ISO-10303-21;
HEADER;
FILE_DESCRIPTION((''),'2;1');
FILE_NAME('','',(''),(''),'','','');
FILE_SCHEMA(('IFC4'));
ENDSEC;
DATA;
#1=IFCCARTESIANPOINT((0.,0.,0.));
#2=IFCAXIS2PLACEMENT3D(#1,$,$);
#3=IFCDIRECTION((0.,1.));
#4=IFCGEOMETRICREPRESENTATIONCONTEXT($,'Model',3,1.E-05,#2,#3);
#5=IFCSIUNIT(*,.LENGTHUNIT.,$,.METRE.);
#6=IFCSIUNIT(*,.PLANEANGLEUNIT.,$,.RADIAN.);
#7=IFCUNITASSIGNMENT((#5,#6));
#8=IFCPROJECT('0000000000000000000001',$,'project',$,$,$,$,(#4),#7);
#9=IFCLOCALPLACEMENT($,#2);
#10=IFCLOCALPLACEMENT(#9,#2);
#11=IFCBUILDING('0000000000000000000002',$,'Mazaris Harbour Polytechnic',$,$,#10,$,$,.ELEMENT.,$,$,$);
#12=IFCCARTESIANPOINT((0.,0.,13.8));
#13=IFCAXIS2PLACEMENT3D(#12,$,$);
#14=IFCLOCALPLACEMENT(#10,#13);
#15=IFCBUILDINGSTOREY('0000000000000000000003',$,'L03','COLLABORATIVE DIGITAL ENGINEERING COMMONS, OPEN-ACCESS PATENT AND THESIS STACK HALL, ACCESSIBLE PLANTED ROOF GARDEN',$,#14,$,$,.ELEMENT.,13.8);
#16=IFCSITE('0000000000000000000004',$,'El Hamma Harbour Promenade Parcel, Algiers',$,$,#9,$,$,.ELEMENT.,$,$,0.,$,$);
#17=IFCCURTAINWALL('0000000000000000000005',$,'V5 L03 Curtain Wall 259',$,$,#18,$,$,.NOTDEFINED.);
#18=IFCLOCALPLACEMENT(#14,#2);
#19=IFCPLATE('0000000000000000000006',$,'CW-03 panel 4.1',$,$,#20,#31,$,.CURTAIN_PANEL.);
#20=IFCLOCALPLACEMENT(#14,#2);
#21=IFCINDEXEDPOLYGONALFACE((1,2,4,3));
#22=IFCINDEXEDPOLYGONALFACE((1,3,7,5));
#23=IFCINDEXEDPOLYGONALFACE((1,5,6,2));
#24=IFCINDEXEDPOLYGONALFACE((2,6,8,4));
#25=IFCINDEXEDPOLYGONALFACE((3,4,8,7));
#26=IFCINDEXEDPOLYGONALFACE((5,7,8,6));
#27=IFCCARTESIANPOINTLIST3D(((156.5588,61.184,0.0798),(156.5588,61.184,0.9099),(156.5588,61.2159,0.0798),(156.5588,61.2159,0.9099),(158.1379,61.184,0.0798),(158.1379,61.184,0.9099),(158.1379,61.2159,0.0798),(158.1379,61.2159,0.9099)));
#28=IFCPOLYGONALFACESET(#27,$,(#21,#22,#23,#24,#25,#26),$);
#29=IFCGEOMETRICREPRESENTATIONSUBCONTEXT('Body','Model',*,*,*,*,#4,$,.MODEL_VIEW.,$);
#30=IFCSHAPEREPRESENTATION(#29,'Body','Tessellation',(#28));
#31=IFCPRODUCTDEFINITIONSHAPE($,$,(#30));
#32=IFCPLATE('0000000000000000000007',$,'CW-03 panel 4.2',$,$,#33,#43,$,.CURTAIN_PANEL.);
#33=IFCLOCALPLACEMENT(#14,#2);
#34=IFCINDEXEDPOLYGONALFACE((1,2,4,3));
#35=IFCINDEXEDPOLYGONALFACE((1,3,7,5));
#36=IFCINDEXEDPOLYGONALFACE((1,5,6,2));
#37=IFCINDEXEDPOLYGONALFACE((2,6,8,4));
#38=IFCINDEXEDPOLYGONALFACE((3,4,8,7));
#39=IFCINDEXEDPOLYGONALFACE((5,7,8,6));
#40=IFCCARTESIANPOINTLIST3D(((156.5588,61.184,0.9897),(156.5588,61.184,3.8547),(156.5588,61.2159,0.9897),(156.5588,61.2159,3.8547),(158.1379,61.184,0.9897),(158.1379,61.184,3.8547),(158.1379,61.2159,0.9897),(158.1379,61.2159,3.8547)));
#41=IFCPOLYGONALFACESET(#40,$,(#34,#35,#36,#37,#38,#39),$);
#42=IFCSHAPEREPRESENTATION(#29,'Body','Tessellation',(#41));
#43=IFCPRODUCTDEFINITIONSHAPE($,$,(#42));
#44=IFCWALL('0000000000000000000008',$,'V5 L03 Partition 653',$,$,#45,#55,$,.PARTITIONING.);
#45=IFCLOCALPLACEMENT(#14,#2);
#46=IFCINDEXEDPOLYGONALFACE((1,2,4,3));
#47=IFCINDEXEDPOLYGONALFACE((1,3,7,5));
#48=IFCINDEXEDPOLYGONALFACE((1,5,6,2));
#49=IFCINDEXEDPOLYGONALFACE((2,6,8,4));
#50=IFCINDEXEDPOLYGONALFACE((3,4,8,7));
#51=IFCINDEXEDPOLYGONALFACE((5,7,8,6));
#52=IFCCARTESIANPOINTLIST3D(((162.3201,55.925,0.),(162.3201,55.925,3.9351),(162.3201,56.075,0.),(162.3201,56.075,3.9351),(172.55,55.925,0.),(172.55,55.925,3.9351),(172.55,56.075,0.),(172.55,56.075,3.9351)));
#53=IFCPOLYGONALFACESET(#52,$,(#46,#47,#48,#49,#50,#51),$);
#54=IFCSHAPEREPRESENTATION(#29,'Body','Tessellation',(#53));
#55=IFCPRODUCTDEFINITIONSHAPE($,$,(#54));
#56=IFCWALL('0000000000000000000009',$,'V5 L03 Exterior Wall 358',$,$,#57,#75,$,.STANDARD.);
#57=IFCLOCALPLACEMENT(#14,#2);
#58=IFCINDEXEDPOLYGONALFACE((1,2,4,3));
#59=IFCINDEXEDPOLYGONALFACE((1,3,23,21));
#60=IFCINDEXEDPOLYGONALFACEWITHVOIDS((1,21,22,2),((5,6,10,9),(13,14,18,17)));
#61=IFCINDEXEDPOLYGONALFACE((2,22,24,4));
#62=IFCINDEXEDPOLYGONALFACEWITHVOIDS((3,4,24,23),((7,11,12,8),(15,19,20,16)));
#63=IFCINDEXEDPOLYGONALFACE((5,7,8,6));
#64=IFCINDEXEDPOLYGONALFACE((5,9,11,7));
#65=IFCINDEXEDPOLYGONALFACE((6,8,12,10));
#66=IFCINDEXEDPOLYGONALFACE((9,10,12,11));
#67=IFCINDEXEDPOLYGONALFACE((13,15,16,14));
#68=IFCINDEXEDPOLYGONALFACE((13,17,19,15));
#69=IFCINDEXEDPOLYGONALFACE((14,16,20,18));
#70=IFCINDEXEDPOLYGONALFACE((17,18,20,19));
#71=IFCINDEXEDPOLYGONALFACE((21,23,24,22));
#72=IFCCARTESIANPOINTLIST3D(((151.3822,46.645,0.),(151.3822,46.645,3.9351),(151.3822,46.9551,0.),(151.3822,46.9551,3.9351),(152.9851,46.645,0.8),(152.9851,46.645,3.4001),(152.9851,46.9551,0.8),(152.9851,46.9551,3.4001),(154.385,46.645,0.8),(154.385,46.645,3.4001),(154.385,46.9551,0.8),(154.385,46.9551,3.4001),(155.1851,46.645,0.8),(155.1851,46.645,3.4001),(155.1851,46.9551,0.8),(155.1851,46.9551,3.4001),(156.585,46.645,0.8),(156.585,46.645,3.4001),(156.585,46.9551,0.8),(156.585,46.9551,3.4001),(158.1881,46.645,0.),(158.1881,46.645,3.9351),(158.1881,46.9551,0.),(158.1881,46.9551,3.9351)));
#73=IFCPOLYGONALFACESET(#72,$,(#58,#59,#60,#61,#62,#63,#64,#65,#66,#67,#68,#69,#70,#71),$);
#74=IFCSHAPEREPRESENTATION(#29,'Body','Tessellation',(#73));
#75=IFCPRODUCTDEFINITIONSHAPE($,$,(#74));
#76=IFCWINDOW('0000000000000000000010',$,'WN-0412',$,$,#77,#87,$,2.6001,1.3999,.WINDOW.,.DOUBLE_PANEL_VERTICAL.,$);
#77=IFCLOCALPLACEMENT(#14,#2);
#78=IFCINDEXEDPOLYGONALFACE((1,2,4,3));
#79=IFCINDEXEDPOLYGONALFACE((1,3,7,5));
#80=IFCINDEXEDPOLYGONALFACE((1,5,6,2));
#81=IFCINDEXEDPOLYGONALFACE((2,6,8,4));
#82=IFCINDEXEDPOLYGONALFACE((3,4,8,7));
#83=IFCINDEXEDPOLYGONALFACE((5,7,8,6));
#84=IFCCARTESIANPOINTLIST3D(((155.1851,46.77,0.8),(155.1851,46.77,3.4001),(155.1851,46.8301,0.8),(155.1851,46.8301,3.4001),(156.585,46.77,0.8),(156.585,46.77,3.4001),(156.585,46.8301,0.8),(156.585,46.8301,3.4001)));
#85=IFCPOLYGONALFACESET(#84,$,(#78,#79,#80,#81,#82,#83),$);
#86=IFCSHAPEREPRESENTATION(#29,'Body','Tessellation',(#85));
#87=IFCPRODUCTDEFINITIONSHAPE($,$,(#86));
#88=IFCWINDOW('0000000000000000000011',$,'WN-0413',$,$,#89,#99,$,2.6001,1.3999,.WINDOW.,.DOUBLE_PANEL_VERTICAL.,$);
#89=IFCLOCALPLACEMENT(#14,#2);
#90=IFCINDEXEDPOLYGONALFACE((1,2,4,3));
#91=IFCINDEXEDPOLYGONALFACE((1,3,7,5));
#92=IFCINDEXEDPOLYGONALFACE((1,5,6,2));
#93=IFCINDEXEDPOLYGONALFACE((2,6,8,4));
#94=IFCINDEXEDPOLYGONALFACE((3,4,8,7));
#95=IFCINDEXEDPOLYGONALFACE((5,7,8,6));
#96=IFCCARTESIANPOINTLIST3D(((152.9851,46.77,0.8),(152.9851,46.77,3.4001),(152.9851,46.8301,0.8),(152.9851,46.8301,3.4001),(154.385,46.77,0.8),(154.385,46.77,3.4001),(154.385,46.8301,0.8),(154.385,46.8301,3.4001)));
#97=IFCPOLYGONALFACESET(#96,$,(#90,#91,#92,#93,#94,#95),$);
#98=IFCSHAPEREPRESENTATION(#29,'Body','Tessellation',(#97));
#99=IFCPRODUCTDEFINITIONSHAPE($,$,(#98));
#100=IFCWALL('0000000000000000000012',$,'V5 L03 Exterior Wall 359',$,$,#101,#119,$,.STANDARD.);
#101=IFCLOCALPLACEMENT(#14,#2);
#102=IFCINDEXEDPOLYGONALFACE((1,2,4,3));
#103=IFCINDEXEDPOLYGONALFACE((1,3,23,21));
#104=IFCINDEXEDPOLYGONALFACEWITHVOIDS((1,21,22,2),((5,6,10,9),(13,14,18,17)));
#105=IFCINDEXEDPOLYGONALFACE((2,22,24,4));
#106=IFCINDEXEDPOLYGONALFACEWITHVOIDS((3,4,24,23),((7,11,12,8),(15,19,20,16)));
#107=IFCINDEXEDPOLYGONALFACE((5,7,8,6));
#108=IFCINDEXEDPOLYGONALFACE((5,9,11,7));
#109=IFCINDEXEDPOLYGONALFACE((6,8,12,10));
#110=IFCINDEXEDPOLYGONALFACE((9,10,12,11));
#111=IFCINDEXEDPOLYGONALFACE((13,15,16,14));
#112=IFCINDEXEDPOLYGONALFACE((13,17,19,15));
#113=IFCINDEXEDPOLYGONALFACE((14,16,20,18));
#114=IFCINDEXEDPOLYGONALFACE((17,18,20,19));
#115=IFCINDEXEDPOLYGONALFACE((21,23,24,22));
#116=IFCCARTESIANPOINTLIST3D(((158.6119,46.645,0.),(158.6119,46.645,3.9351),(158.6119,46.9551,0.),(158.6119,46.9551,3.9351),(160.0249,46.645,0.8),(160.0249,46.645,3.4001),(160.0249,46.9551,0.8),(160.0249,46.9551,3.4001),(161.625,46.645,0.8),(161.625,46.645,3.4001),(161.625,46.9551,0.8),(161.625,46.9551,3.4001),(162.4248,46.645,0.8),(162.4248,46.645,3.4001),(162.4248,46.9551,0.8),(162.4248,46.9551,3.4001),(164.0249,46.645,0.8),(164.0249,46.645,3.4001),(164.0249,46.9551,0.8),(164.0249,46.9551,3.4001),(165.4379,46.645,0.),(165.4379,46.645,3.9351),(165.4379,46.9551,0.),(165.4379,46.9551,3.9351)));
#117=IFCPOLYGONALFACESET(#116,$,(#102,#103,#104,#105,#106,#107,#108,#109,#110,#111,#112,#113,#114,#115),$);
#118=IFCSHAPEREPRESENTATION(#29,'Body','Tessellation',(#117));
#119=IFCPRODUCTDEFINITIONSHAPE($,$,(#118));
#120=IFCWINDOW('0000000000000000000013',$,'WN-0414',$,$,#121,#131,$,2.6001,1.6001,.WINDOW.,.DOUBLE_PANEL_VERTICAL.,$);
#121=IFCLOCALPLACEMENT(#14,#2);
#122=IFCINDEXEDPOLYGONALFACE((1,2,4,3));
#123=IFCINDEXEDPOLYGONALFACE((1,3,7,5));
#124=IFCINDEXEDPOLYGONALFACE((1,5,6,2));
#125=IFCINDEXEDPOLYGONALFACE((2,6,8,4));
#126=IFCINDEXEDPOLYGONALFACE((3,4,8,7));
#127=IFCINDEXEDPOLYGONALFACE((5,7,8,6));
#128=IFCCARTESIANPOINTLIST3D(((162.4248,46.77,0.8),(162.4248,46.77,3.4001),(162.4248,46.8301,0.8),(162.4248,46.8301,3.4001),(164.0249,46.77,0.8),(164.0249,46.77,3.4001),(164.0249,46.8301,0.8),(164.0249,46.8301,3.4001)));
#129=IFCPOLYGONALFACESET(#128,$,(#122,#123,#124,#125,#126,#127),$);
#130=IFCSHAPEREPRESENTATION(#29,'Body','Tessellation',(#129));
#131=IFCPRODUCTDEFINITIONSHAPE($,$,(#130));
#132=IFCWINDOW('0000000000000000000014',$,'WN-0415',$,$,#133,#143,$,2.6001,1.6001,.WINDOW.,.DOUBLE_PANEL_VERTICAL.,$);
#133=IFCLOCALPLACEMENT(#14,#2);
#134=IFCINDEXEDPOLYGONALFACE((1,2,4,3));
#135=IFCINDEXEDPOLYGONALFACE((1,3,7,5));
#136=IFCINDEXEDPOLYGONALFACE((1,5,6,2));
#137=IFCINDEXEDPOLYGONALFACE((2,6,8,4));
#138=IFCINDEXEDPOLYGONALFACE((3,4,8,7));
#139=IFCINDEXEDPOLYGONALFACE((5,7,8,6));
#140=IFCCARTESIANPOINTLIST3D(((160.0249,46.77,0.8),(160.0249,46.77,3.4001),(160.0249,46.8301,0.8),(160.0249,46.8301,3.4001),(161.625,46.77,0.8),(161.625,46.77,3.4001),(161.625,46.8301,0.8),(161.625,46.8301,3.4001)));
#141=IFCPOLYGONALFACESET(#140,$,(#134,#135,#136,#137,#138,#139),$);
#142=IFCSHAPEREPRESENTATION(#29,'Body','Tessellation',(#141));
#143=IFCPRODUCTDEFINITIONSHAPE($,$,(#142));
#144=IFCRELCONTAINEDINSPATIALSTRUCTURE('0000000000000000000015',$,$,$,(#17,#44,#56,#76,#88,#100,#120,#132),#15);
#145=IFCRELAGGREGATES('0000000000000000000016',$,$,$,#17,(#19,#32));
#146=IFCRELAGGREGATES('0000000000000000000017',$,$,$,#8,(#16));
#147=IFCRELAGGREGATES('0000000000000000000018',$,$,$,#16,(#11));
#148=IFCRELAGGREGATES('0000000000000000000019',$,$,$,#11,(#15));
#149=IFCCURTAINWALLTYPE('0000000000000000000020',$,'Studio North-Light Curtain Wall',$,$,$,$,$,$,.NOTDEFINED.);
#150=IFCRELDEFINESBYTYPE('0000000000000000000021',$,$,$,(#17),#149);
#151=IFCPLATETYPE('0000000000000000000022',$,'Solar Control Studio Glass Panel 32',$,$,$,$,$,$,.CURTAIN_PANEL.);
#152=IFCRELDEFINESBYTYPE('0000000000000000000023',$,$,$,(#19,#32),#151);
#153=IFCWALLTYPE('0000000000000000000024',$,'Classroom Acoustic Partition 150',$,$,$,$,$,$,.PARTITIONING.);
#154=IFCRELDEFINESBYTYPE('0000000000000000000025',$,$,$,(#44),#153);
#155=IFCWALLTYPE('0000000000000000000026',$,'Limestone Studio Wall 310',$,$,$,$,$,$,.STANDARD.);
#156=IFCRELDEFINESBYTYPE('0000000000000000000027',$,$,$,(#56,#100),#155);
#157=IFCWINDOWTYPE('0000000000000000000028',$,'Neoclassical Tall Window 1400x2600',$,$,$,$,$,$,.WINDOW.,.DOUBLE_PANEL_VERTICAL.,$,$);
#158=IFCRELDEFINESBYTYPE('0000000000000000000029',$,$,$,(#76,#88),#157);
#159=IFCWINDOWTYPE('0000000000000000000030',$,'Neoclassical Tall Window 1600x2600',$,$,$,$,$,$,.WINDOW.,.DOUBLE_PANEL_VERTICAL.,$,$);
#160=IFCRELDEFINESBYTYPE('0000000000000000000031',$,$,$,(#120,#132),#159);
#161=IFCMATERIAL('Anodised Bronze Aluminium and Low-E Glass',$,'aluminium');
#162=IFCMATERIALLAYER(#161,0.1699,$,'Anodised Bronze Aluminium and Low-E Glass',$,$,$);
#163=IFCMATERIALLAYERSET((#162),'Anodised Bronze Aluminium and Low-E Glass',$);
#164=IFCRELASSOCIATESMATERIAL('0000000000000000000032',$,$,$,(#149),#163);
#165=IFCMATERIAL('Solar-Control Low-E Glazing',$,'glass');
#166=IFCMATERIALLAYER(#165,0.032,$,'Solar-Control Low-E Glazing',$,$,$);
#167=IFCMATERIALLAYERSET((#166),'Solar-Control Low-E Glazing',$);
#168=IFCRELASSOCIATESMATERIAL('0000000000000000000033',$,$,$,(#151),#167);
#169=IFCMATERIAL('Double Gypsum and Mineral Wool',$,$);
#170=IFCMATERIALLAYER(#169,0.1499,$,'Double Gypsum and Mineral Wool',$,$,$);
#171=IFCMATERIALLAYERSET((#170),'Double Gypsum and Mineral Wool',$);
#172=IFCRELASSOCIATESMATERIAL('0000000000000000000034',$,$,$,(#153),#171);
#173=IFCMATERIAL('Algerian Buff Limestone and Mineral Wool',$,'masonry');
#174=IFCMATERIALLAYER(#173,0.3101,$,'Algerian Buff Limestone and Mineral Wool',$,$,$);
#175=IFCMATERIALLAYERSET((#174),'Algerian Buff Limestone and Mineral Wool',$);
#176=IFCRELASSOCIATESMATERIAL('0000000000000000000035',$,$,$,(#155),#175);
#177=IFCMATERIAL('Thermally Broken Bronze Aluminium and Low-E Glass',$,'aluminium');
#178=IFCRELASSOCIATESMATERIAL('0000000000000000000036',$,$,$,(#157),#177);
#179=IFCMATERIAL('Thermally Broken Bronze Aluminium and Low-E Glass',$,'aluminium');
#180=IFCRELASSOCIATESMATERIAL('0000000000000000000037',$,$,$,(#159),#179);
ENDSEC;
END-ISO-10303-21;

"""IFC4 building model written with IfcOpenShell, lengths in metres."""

from ifc_helpers import new_model, si_unit, direction, frame, frame_2d, origin, origin_2d, place, context, subcontext, project, spatial, rectangle, extrude, material, layer, layer_set, type_object, element, fill, aggregate, save


model = new_model("IFC4")

# Units and contexts
model_context = context("Model", 3, precision=1e-05, world=origin(), true_north=direction((0.0, 1.0)))
body_context = subcontext(model_context, "Body", "Model", "MODEL_VIEW")
ifc_project = project(units=[si_unit("LENGTHUNIT", "METRE"), si_unit("PLANEANGLEUNIT", "RADIAN")], contexts=[model_context])

# Site, building, storey
site_placement = place(None, origin())
site = spatial("IfcSite", under=ifc_project, at=site_placement, Name="El Hamma Harbour Promenade Parcel, Algiers", CompositionType="ELEMENT", RefElevation=0.0)
building_placement = place(site_placement, origin())
building = spatial("IfcBuilding", under=site, at=building_placement, Name="Mazaris Harbour Polytechnic", CompositionType="ELEMENT")
storey_placement = place(building_placement, frame((0.0, 0.0, 13.8)))
storey = spatial("IfcBuildingStorey", under=building, at=storey_placement, Name="L03", Description="COLLABORATIVE DIGITAL ENGINEERING COMMONS, OPEN-ACCESS PATENT AND THESIS STACK HALL, ACCESSIBLE PLANTED ROOF GARDEN", CompositionType="ELEMENT", Elevation=13.8)

# Curtain wall
ifc_material_1 = material(Name="Anodised Bronze Aluminium and Low-E Glass", Category="aluminium")
ifc_layer_1 = layer(ifc_material_1, 0.1699, Name="Anodised Bronze Aluminium and Low-E Glass")
ifc_layer_set_1 = layer_set([ifc_layer_1], Name="Anodised Bronze Aluminium and Low-E Glass")
curtain_wall_type = type_object("IfcCurtainWallType", Name="Studio North-Light Curtain Wall", PredefinedType="NOTDEFINED", material=ifc_layer_set_1)
curtain_wall_1_placement = place(storey_placement, origin())
curtain_wall_1 = element("IfcCurtainWall", 1, at=curtain_wall_1_placement, inside=storey, type_object=curtain_wall_type, Name="V5 L03 Curtain Wall 259", PredefinedType="NOTDEFINED")

# Plates
ifc_material_2 = material(Name="Solar-Control Low-E Glazing", Category="glass")
ifc_layer_2 = layer(ifc_material_2, 0.032, Name="Solar-Control Low-E Glazing")
ifc_layer_set_2 = layer_set([ifc_layer_2], Name="Solar-Control Low-E Glazing")
plate_type = type_object("IfcPlateType", Name="Solar Control Studio Glass Panel 32", PredefinedType="CURTAIN_PANEL", material=ifc_layer_set_2)
plate_1_placement = place(storey_placement, frame((157.3484, 61.2, 0.0798), z_axis=(0.0, 0.0, 1.0), x_axis=(1.0, 0.0, 0.0)))
plate_1 = element("IfcPlate", 2, at=plate_1_placement, type_object=plate_type, Name="CW-03 panel 4.1", PredefinedType="CURTAIN_PANEL", context=body_context, shape_type="SweptSolid", body=[
    extrude(rectangle(XDim=1.5791, YDim=0.032, at=origin_2d()), origin(), (0.0, 0.0, 1.0), 0.8301),
])
plate_2_placement = place(storey_placement, frame((157.3484, 61.2, 0.9897), z_axis=(0.0, 0.0, 1.0), x_axis=(1.0, 0.0, 0.0)))
plate_2 = element("IfcPlate", 3, at=plate_2_placement, type_object=plate_type, Name="CW-03 panel 4.2", PredefinedType="CURTAIN_PANEL", context=body_context, shape_type="SweptSolid", body=[
    extrude(rectangle(XDim=1.5791, YDim=0.032, at=origin_2d()), origin(), (0.0, 0.0, 1.0), 2.865),
])
aggregate(curtain_wall_1, [plate_1, plate_2])

# Wall
ifc_material_3 = material(Name="Double Gypsum and Mineral Wool")
ifc_layer_3 = layer(ifc_material_3, 0.1499, Name="Double Gypsum and Mineral Wool")
ifc_layer_set_3 = layer_set([ifc_layer_3], Name="Double Gypsum and Mineral Wool")
wall_type_1 = type_object("IfcWallType", Name="Classroom Acoustic Partition 150", PredefinedType="PARTITIONING", material=ifc_layer_set_3)
wall_1_placement = place(storey_placement, frame((162.3201, 56.0, 0.0), z_axis=(0.0, 0.0, 1.0), x_axis=(1.0, 0.0, 0.0)))
element("IfcWall", 4, at=wall_1_placement, inside=storey, type_object=wall_type_1, Name="V5 L03 Partition 653", PredefinedType="PARTITIONING", context=body_context, shape_type="SweptSolid", body=[
    extrude(rectangle(XDim=10.23, YDim=0.1499, at=frame_2d((5.115, 0.0))), origin(), (0.0, 0.0, 1.0), 3.9351),
])

# Walls, openings, windows
ifc_material_4 = material(Name="Algerian Buff Limestone and Mineral Wool", Category="masonry")
ifc_layer_4 = layer(ifc_material_4, 0.3101, Name="Algerian Buff Limestone and Mineral Wool")
ifc_layer_set_4 = layer_set([ifc_layer_4], Name="Algerian Buff Limestone and Mineral Wool")
wall_type_2 = type_object("IfcWallType", Name="Limestone Studio Wall 310", PredefinedType="STANDARD", material=ifc_layer_set_4)
wall_2_placement = place(storey_placement, frame((158.188, 46.8, 0.0), z_axis=(0.0, 0.0, 1.0), x_axis=(-1.0, 0.0, 0.0)))
wall_2 = element("IfcWall", 5, at=wall_2_placement, inside=storey, type_object=wall_type_2, Name="V5 L03 Exterior Wall 358", PredefinedType="STANDARD", context=body_context, shape_type="SweptSolid", body=[
    extrude(rectangle(XDim=6.8059, YDim=0.3101, at=frame_2d((3.4028, 0.0))), origin(), (0.0, 0.0, 1.0), 3.9351),
])
opening_1_placement = place(wall_2_placement, frame((1.603, 0.0, 0.8)))
opening_1 = element("IfcOpeningElement", 6, at=opening_1_placement, cuts=wall_2, PredefinedType="OPENING", context=body_context, shape_type="SweptSolid", body=[
    extrude(rectangle(XDim=1.3999, YDim=2.6001, at=frame_2d((0.7, 1.3))), frame((0.0, 0.165, 0.0), z_axis=(0.0, -1.0, 0.0), x_axis=(1.0, 0.0, 0.0)), (0.0, 0.0, 1.0), 0.3301),
])
opening_2_placement = place(wall_2_placement, frame((3.803, 0.0, 0.8)))
opening_2 = element("IfcOpeningElement", 7, at=opening_2_placement, cuts=wall_2, PredefinedType="OPENING", context=body_context, shape_type="SweptSolid", body=[
    extrude(rectangle(XDim=1.3999, YDim=2.6001, at=frame_2d((0.7, 1.3))), frame((0.0, 0.165, 0.0), z_axis=(0.0, -1.0, 0.0), x_axis=(1.0, 0.0, 0.0)), (0.0, 0.0, 1.0), 0.3301),
])
ifc_material_5 = material(Name="Thermally Broken Bronze Aluminium and Low-E Glass", Category="aluminium")
window_type_1 = type_object("IfcWindowType", Name="Neoclassical Tall Window 1400x2600", PartitioningType="DOUBLE_PANEL_VERTICAL", PredefinedType="WINDOW", material=ifc_material_5)
window_1_placement = place(opening_1_placement, origin())
window_1 = element("IfcWindow", 8, at=window_1_placement, inside=storey, type_object=window_type_1, Name="WN-0412", OverallHeight=2.6001, OverallWidth=1.3999, PartitioningType="DOUBLE_PANEL_VERTICAL", PredefinedType="WINDOW", context=body_context, shape_type="SweptSolid", body=[
    extrude(rectangle(XDim=1.3999, YDim=2.6001, at=frame_2d((0.7, 1.3))), frame((0.0, 0.03, 0.0), z_axis=(0.0, -1.0, 0.0), x_axis=(1.0, 0.0, 0.0)), (0.0, 0.0, 1.0), 0.0601),
])
fill(opening_1, window_1)
window_2_placement = place(opening_2_placement, origin())
window_2 = element("IfcWindow", 9, at=window_2_placement, inside=storey, type_object=window_type_1, Name="WN-0413", OverallHeight=2.6001, OverallWidth=1.3999, PartitioningType="DOUBLE_PANEL_VERTICAL", PredefinedType="WINDOW", context=body_context, shape_type="SweptSolid", body=[
    extrude(rectangle(XDim=1.3999, YDim=2.6001, at=frame_2d((0.7, 1.3))), frame((0.0, 0.03, 0.0), z_axis=(0.0, -1.0, 0.0), x_axis=(1.0, 0.0, 0.0)), (0.0, 0.0, 1.0), 0.0601),
])
fill(opening_2, window_2)
wall_3_placement = place(storey_placement, frame((165.438, 46.8, 0.0), z_axis=(0.0, 0.0, 1.0), x_axis=(-1.0, 0.0, 0.0)))
wall_3 = element("IfcWall", 10, at=wall_3_placement, inside=storey, type_object=wall_type_2, Name="V5 L03 Exterior Wall 359", PredefinedType="STANDARD", context=body_context, shape_type="SweptSolid", body=[
    extrude(rectangle(XDim=6.8259, YDim=0.3101, at=frame_2d((3.4131, 0.0))), origin(), (0.0, 0.0, 1.0), 3.9351),
])
opening_3_placement = place(wall_3_placement, frame((1.4131, 0.0, 0.8)))
opening_3 = element("IfcOpeningElement", 11, at=opening_3_placement, cuts=wall_3, PredefinedType="OPENING", context=body_context, shape_type="SweptSolid", body=[
    extrude(rectangle(XDim=1.6001, YDim=2.6001, at=frame_2d((0.8, 1.3))), frame((0.0, 0.165, 0.0), z_axis=(0.0, -1.0, 0.0), x_axis=(1.0, 0.0, 0.0)), (0.0, 0.0, 1.0), 0.3301),
])
opening_4_placement = place(wall_3_placement, frame((3.813, 0.0, 0.8)))
opening_4 = element("IfcOpeningElement", 12, at=opening_4_placement, cuts=wall_3, PredefinedType="OPENING", context=body_context, shape_type="SweptSolid", body=[
    extrude(rectangle(XDim=1.6001, YDim=2.6001, at=frame_2d((0.8, 1.3))), frame((0.0, 0.165, 0.0), z_axis=(0.0, -1.0, 0.0), x_axis=(1.0, 0.0, 0.0)), (0.0, 0.0, 1.0), 0.3301),
])
ifc_material_6 = material(Name="Thermally Broken Bronze Aluminium and Low-E Glass", Category="aluminium")
window_type_2 = type_object("IfcWindowType", Name="Neoclassical Tall Window 1600x2600", PartitioningType="DOUBLE_PANEL_VERTICAL", PredefinedType="WINDOW", material=ifc_material_6)
window_3_placement = place(opening_3_placement, origin())
window_3 = element("IfcWindow", 13, at=window_3_placement, inside=storey, type_object=window_type_2, Name="WN-0414", OverallHeight=2.6001, OverallWidth=1.6001, PartitioningType="DOUBLE_PANEL_VERTICAL", PredefinedType="WINDOW", context=body_context, shape_type="SweptSolid", body=[
    extrude(rectangle(XDim=1.6001, YDim=2.6001, at=frame_2d((0.8, 1.3))), frame((0.0, 0.03, 0.0), z_axis=(0.0, -1.0, 0.0), x_axis=(1.0, 0.0, 0.0)), (0.0, 0.0, 1.0), 0.0601),
])
fill(opening_3, window_3)
window_4_placement = place(opening_4_placement, origin())
window_4 = element("IfcWindow", 14, at=window_4_placement, inside=storey, type_object=window_type_2, Name="WN-0415", OverallHeight=2.6001, OverallWidth=1.6001, PartitioningType="DOUBLE_PANEL_VERTICAL", PredefinedType="WINDOW", context=body_context, shape_type="SweptSolid", body=[
    extrude(rectangle(XDim=1.6001, YDim=2.6001, at=frame_2d((0.8, 1.3))), frame((0.0, 0.03, 0.0), z_axis=(0.0, -1.0, 0.0), x_axis=(1.0, 0.0, 0.0)), (0.0, 0.0, 1.0), 0.0601),
])
fill(opening_4, window_4)

save(model, "model.ifc")
